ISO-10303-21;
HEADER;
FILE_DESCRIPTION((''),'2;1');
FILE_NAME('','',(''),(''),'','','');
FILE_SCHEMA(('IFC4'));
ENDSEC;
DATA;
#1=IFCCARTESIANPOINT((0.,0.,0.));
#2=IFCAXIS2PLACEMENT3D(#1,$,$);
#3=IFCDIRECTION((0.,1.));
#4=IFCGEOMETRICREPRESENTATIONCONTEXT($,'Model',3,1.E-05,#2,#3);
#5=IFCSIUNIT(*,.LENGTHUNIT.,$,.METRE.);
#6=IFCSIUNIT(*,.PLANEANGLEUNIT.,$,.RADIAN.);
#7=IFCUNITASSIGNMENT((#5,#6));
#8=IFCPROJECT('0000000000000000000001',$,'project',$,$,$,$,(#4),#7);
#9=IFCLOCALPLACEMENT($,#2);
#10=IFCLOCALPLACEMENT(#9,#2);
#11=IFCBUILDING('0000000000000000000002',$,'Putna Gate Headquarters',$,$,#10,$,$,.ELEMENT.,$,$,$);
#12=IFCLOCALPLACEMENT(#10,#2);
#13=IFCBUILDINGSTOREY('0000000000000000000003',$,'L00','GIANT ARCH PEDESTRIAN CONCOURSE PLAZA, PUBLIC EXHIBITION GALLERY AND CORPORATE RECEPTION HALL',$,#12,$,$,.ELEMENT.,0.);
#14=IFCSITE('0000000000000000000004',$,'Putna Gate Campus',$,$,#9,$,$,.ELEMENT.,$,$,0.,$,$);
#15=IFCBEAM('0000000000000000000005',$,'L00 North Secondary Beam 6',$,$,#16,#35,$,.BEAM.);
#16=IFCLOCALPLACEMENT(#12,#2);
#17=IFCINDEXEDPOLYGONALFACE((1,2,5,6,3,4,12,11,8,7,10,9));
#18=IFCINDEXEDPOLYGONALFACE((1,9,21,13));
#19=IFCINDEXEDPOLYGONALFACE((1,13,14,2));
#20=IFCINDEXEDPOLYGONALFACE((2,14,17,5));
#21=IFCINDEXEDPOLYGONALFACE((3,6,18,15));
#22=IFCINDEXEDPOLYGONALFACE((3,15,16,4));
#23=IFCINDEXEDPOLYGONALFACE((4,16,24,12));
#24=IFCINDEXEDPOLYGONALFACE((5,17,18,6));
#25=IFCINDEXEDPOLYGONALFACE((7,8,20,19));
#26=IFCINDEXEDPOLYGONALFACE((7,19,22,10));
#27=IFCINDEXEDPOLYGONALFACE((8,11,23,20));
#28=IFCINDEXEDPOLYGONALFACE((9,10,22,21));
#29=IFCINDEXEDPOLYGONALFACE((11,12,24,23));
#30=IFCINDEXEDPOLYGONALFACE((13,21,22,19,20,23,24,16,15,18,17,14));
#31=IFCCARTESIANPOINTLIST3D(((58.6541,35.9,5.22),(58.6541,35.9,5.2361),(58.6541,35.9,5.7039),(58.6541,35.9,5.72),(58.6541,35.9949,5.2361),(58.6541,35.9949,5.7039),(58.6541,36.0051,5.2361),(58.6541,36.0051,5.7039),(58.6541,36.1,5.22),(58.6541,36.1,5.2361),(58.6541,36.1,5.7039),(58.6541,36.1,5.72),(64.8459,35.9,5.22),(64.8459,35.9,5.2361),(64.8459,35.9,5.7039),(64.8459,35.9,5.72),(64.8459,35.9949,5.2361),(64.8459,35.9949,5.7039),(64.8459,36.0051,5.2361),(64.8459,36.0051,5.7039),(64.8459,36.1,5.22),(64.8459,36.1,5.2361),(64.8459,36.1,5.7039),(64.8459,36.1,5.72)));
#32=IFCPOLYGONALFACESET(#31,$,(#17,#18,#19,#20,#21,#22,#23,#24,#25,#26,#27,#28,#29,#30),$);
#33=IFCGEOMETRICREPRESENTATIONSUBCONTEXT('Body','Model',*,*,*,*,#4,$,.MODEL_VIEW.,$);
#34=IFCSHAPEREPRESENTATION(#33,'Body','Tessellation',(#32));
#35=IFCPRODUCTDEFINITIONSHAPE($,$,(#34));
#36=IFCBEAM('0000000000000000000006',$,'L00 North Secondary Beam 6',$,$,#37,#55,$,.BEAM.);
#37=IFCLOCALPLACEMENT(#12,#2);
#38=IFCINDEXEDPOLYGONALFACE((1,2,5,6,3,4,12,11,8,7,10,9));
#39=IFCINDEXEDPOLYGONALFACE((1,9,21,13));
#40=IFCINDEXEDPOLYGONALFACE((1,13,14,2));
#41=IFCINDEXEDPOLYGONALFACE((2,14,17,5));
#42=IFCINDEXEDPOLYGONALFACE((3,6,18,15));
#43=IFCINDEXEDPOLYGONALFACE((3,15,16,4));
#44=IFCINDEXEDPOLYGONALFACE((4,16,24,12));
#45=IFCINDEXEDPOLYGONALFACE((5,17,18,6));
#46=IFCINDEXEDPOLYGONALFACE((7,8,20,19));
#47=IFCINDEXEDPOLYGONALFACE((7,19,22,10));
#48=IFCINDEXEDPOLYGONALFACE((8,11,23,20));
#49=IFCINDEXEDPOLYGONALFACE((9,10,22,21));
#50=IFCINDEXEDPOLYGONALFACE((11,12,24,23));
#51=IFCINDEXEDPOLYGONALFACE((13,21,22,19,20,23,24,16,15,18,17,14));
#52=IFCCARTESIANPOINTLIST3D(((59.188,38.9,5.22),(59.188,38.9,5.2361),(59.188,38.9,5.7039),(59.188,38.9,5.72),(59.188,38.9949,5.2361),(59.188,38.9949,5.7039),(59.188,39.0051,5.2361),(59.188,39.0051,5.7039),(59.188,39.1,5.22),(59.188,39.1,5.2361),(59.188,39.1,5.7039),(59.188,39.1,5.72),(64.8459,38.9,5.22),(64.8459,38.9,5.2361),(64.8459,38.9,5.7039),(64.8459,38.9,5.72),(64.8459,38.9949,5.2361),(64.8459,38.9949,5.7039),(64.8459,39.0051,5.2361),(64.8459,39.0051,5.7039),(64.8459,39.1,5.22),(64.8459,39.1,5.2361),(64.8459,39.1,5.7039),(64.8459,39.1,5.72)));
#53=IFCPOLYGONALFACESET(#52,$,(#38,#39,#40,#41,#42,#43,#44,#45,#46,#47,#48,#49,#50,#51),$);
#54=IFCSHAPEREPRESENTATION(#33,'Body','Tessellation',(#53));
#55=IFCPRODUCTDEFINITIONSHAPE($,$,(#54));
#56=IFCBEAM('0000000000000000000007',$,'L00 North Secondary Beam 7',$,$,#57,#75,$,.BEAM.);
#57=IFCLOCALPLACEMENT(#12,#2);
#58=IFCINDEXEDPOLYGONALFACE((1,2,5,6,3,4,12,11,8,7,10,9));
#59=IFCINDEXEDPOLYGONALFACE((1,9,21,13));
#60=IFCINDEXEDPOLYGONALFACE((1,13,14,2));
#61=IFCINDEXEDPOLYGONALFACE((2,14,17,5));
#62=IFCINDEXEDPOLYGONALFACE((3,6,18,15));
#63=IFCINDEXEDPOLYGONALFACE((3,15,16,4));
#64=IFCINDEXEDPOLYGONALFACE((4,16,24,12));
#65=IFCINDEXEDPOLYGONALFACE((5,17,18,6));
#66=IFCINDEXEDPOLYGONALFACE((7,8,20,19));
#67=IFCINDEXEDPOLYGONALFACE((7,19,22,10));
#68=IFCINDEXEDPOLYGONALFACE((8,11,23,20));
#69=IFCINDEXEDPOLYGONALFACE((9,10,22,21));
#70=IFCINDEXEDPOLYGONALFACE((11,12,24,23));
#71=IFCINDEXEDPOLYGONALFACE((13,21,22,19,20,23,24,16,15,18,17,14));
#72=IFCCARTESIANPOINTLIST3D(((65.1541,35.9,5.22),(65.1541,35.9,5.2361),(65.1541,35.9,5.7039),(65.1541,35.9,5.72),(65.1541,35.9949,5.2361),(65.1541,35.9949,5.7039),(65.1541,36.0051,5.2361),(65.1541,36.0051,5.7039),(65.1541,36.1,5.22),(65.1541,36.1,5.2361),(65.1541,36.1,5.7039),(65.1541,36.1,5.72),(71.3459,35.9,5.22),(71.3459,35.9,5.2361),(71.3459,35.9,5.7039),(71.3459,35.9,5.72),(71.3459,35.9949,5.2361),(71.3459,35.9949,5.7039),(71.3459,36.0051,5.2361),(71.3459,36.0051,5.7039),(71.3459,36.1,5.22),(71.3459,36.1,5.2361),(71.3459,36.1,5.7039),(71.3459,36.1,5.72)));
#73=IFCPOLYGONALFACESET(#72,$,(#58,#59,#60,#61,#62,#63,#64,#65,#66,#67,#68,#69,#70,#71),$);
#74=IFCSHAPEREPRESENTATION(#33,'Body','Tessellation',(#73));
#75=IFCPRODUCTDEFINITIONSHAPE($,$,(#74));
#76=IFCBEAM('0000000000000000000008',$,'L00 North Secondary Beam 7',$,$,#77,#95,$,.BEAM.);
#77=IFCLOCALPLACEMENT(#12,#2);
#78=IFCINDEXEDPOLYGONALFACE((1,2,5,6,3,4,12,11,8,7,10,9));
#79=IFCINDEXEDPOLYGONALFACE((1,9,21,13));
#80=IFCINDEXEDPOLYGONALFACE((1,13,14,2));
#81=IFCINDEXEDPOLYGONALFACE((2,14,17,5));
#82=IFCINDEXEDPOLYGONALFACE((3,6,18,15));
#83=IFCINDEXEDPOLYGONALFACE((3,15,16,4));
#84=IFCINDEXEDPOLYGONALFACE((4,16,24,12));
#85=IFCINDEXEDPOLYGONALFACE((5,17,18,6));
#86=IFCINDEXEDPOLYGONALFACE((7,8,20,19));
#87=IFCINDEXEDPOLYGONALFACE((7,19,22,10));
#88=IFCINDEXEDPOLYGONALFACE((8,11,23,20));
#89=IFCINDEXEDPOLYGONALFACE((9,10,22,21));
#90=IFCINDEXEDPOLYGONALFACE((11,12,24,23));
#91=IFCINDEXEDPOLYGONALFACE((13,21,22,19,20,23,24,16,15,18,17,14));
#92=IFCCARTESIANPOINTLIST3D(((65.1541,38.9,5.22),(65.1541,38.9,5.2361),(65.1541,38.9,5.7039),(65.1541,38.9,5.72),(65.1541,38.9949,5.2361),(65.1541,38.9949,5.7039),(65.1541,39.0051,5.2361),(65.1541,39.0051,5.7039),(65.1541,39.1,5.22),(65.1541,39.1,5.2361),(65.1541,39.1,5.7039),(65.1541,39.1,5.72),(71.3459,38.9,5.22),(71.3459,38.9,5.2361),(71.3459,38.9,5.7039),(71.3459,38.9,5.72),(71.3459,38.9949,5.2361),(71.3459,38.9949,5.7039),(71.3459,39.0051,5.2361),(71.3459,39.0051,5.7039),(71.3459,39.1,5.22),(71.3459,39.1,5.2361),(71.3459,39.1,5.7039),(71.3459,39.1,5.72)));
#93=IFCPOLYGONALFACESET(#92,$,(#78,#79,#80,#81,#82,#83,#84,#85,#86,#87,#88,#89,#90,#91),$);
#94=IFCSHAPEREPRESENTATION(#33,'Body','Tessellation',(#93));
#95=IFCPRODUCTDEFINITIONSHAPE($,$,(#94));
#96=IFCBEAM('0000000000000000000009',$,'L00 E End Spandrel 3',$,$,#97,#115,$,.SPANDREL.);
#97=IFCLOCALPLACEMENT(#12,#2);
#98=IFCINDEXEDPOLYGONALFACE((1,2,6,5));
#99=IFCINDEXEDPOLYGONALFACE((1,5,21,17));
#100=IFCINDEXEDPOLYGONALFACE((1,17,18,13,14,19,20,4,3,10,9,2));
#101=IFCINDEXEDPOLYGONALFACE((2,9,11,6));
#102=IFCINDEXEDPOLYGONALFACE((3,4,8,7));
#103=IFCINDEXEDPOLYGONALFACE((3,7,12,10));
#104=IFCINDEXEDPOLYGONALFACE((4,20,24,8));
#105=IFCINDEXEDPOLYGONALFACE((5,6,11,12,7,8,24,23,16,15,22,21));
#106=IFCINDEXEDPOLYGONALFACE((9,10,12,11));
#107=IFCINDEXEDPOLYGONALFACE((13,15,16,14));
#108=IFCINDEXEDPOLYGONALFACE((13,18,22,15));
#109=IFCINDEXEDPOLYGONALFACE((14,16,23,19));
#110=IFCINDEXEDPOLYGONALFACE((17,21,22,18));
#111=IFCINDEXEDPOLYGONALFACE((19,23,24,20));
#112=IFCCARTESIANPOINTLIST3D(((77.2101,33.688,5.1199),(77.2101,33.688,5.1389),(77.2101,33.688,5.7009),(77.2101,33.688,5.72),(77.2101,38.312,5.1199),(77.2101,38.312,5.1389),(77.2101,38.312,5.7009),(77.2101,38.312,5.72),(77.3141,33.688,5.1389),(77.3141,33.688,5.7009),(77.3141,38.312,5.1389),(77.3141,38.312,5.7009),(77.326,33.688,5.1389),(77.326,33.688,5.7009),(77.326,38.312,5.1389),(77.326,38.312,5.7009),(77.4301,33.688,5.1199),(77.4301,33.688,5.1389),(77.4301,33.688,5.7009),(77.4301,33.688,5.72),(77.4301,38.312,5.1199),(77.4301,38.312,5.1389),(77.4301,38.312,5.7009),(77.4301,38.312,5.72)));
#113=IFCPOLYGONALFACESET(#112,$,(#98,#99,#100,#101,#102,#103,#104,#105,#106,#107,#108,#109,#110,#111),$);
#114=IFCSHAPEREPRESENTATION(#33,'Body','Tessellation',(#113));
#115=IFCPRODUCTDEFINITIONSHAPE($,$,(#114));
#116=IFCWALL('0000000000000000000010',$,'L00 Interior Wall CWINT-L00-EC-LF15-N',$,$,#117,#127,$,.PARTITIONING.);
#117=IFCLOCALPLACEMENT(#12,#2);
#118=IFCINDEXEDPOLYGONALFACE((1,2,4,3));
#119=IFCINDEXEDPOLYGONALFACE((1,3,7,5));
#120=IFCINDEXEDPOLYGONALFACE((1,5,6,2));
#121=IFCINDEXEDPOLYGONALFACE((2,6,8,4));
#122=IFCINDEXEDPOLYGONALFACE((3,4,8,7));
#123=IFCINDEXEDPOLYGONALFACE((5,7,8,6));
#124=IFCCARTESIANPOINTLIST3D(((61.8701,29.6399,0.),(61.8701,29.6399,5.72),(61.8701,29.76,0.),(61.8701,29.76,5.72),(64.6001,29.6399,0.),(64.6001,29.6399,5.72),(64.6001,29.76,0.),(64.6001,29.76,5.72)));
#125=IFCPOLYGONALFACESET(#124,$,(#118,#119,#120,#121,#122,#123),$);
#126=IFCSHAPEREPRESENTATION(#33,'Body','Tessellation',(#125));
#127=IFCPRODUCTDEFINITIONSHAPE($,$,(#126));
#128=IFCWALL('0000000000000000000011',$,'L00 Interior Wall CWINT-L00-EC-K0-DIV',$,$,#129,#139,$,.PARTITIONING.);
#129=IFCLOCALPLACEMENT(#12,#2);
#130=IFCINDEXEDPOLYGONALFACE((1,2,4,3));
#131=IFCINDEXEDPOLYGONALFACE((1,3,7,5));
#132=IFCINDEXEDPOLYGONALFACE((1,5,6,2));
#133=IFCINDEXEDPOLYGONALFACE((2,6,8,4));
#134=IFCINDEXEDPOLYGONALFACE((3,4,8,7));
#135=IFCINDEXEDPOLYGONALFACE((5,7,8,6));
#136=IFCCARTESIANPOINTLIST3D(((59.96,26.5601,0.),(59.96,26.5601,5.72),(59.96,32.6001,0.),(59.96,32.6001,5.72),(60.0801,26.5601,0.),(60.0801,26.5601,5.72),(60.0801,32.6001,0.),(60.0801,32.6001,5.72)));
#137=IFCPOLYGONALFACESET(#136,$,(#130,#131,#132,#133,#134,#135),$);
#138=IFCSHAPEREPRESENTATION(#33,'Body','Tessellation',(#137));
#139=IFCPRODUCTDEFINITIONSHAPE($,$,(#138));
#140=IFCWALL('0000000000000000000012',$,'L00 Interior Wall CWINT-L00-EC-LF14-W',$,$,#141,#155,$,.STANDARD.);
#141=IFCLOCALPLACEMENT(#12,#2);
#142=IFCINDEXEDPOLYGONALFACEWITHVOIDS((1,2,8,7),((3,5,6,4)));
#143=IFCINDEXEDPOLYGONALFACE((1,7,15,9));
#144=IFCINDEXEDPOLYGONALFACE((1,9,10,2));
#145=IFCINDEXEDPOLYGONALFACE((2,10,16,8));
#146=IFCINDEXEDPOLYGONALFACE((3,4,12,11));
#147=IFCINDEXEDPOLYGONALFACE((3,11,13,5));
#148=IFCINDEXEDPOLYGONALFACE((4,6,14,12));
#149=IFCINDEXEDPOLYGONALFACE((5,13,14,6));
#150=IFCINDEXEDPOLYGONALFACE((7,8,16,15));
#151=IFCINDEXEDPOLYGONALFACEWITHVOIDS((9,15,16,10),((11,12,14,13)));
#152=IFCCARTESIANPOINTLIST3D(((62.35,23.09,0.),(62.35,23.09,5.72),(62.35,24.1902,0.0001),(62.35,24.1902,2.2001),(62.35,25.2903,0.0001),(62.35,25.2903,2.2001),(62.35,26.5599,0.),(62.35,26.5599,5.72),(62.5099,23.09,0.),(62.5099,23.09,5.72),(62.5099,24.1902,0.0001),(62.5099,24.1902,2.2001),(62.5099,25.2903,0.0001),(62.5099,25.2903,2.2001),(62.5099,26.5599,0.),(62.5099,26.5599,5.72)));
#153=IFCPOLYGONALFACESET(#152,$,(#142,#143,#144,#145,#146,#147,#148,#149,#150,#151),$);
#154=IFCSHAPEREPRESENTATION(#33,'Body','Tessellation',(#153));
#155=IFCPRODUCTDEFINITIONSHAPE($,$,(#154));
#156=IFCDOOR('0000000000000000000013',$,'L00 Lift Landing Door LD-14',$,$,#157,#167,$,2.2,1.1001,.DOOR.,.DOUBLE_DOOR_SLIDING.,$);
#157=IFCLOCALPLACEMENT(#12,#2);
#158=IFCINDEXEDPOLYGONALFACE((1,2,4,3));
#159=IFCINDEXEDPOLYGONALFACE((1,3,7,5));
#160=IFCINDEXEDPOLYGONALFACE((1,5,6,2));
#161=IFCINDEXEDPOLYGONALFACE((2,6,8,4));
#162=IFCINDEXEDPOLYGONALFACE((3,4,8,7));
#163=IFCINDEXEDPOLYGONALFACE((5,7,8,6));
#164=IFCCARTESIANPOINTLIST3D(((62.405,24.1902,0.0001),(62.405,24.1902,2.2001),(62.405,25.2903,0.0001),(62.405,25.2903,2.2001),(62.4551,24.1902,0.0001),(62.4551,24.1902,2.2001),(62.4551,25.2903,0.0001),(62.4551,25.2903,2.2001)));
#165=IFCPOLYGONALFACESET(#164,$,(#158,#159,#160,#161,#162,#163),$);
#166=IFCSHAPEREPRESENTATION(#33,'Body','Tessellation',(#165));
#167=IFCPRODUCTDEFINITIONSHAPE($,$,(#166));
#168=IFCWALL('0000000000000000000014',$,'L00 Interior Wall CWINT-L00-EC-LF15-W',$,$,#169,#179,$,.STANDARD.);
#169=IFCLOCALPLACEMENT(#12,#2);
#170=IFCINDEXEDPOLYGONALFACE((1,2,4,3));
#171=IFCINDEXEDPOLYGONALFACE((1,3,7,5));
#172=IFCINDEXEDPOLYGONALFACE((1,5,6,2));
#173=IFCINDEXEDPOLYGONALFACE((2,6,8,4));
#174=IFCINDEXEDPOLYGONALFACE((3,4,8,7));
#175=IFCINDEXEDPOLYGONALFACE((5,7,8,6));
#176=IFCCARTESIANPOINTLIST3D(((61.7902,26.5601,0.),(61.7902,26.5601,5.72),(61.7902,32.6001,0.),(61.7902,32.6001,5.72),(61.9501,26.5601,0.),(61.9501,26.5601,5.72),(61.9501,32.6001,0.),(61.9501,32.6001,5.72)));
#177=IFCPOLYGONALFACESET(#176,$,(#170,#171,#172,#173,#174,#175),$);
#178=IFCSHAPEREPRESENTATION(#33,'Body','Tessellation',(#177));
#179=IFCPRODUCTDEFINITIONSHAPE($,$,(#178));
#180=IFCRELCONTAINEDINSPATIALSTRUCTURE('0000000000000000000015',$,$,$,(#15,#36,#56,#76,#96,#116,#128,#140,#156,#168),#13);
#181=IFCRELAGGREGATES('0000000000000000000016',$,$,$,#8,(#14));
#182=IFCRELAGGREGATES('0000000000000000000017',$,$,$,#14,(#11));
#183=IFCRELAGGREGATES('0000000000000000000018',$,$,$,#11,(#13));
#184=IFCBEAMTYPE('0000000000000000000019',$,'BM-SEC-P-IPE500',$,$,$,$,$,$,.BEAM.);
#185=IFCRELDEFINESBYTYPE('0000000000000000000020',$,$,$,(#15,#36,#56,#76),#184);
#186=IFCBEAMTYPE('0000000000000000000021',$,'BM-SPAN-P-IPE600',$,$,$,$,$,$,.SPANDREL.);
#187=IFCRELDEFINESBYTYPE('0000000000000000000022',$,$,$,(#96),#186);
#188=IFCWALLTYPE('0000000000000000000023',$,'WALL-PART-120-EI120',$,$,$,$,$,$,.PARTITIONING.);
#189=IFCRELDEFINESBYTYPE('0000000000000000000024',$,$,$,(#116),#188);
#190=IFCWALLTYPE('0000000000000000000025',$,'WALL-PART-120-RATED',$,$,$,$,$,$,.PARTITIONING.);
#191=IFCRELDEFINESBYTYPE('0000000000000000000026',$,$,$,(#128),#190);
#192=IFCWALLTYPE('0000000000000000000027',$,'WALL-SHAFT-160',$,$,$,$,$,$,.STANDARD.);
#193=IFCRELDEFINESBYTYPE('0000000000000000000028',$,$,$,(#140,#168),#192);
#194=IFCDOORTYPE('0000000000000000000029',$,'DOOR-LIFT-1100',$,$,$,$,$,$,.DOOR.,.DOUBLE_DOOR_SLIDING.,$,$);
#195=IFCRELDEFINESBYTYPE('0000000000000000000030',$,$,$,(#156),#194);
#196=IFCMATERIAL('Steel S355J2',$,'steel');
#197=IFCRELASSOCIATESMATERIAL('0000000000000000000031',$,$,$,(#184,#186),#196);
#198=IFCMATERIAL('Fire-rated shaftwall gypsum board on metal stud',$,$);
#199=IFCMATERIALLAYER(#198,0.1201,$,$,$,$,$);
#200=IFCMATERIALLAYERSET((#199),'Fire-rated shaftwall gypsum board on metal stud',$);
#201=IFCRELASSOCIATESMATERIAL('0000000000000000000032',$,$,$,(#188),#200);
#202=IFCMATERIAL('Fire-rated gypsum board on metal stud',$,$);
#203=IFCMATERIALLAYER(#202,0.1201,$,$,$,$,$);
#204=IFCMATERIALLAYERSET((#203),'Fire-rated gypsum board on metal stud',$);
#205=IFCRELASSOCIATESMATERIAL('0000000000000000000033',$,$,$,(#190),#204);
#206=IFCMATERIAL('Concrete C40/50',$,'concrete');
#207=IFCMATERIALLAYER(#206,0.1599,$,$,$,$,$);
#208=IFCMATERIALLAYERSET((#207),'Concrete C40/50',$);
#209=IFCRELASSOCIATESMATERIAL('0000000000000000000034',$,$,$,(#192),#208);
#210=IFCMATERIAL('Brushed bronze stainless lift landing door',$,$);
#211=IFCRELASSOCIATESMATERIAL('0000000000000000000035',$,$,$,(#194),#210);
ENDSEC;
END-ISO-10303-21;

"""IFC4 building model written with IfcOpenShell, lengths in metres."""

from ifc_helpers import new_model, si_unit, direction, frame, frame_2d, origin, origin_2d, place, context, subcontext, project, spatial, rectangle, i_section, extrude, material, layer, layer_set, material_profile, profile_set, type_object, element, fill, save


model = new_model("IFC4")

# Units and contexts
model_context = context("Model", 3, precision=1e-05, world=origin(), true_north=direction((0.0, 1.0)))
body_context = subcontext(model_context, "Body", "Model", "MODEL_VIEW")
ifc_project = project(units=[si_unit("LENGTHUNIT", "METRE"), si_unit("PLANEANGLEUNIT", "RADIAN")], contexts=[model_context])

# Site, building, storey
site_placement = place(None, origin())
site = spatial("IfcSite", under=ifc_project, at=site_placement, Name="Putna Gate Campus", CompositionType="ELEMENT", RefElevation=0.0)
building_placement = place(site_placement, origin())
building = spatial("IfcBuilding", under=site, at=building_placement, Name="Putna Gate Headquarters", CompositionType="ELEMENT")
storey_placement = place(building_placement, origin())
storey = spatial("IfcBuildingStorey", under=building, at=storey_placement, Name="L00", Description="GIANT ARCH PEDESTRIAN CONCOURSE PLAZA, PUBLIC EXHIBITION GALLERY AND CORPORATE RECEPTION HALL", CompositionType="ELEMENT", Elevation=0.0)

# Beams
ifc_material_1 = material(Name="Steel S355J2", Category="steel")
ifc_material_profile_1 = material_profile(ifc_material_1, i_section(OverallWidth=0.2, OverallDepth=0.5, WebThickness=0.0103, FlangeThickness=0.0161, at=origin_2d()), Name="Steel S355J2")
ifc_profile_set_1 = profile_set([ifc_material_profile_1], Name="Steel S355J2")
beam_type_1 = type_object("IfcBeamType", Name="BM-SEC-P-IPE500", PredefinedType="BEAM", material=ifc_profile_set_1)
beam_1_placement = place(storey_placement, frame((58.6541, 36.0, 5.47), z_axis=(1.0, 0.0, 0.0), x_axis=(0.0, 1.0, 0.0)))
element("IfcBeam", 1, at=beam_1_placement, inside=storey, type_object=beam_type_1, Name="L00 North Secondary Beam 6", PredefinedType="BEAM", context=body_context, shape_type="SweptSolid", body=[
    extrude(i_section(OverallWidth=0.2, OverallDepth=0.5, WebThickness=0.0103, FlangeThickness=0.0161, at=origin_2d()), origin(), (0.0, 0.0, 1.0), 6.1919),
])
beam_2_placement = place(storey_placement, frame((59.188, 39.0, 5.47), z_axis=(1.0, 0.0, 0.0), x_axis=(0.0, 1.0, 0.0)))
element("IfcBeam", 2, at=beam_2_placement, inside=storey, type_object=beam_type_1, Name="L00 North Secondary Beam 6", PredefinedType="BEAM", context=body_context, shape_type="SweptSolid", body=[
    extrude(i_section(OverallWidth=0.2, OverallDepth=0.5, WebThickness=0.0103, FlangeThickness=0.0161, at=origin_2d()), origin(), (0.0, 0.0, 1.0), 5.658),
])
for number, where, z_axis, x_axis, name in (
    (3, (65.1541, 36.0, 5.47), (1.0, 0.0, 0.0), (0.0, 1.0, 0.0), "L00 North Secondary Beam 7"),
    (4, (65.1541, 39.0, 5.47), (1.0, 0.0, 0.0), (0.0, 1.0, 0.0), "L00 North Secondary Beam 7"),
):
    element("IfcBeam", number, at=place(storey_placement, frame(where, z_axis=z_axis, x_axis=x_axis)), inside=storey, type_object=beam_type_1, Name=name, PredefinedType="BEAM", context=body_context, shape_type="SweptSolid", body=[
        extrude(i_section(OverallWidth=0.2, OverallDepth=0.5, WebThickness=0.0103, FlangeThickness=0.0161, at=origin_2d()), origin(), (0.0, 0.0, 1.0), 6.1919),
    ])
ifc_material_profile_2 = material_profile(ifc_material_1, i_section(OverallWidth=0.22, OverallDepth=0.6001, WebThickness=0.012, FlangeThickness=0.019, at=origin_2d()), Name="Steel S355J2")
ifc_profile_set_2 = profile_set([ifc_material_profile_2], Name="Steel S355J2")
beam_type_2 = type_object("IfcBeamType", Name="BM-SPAN-P-IPE600", PredefinedType="SPANDREL", material=ifc_profile_set_2)
beam_3_placement = place(storey_placement, frame((77.3201, 33.688, 5.4199), z_axis=(0.0, 1.0, 0.0), x_axis=(-1.0, 0.0, 0.0)))
element("IfcBeam", 5, at=beam_3_placement, inside=storey, type_object=beam_type_2, Name="L00 E End Spandrel 3", PredefinedType="SPANDREL", context=body_context, shape_type="SweptSolid", body=[
    extrude(i_section(OverallWidth=0.22, OverallDepth=0.6001, WebThickness=0.012, FlangeThickness=0.019, at=origin_2d()), origin(), (0.0, 0.0, 1.0), 4.624),
])

# Walls
ifc_material_2 = material(Name="Fire-rated shaftwall gypsum board on metal stud")
ifc_layer_1 = layer(ifc_material_2, 0.1201)
ifc_layer_set_1 = layer_set([ifc_layer_1], Name="Fire-rated shaftwall gypsum board on metal stud")
wall_type_1 = type_object("IfcWallType", Name="WALL-PART-120-EI120", PredefinedType="PARTITIONING", material=ifc_layer_set_1)
wall_1_placement = place(storey_placement, frame((61.8701, 29.7, 0.0), z_axis=(0.0, 0.0, 1.0), x_axis=(1.0, 0.0, 0.0)))
element("IfcWall", 6, at=wall_1_placement, inside=storey, type_object=wall_type_1, Name="L00 Interior Wall CWINT-L00-EC-LF15-N", PredefinedType="PARTITIONING", context=body_context, shape_type="SweptSolid", body=[
    extrude(rectangle(XDim=2.73, YDim=0.1201, at=frame_2d((1.365, 0.0))), origin(), (0.0, 0.0, 1.0), 5.72),
])
ifc_material_3 = material(Name="Fire-rated gypsum board on metal stud")
ifc_layer_2 = layer(ifc_material_3, 0.1201)
ifc_layer_set_2 = layer_set([ifc_layer_2], Name="Fire-rated gypsum board on metal stud")
wall_type_2 = type_object("IfcWallType", Name="WALL-PART-120-RATED", PredefinedType="PARTITIONING", material=ifc_layer_set_2)
wall_2_placement = place(storey_placement, frame((60.02, 26.5601, 0.0), z_axis=(0.0, 0.0, 1.0), x_axis=(0.0, 1.0, 0.0)))
element("IfcWall", 7, at=wall_2_placement, inside=storey, type_object=wall_type_2, Name="L00 Interior Wall CWINT-L00-EC-K0-DIV", PredefinedType="PARTITIONING", context=body_context, shape_type="SweptSolid", body=[
    extrude(rectangle(XDim=6.04, YDim=0.1201, at=frame_2d((3.02, 0.0))), origin(), (0.0, 0.0, 1.0), 5.72),
])

# Wall, opening, door
ifc_material_4 = material(Name="Concrete C40/50", Category="concrete")
ifc_layer_3 = layer(ifc_material_4, 0.1599)
ifc_layer_set_3 = layer_set([ifc_layer_3], Name="Concrete C40/50")
wall_type_3 = type_object("IfcWallType", Name="WALL-SHAFT-160", PredefinedType="STANDARD", material=ifc_layer_set_3)
wall_3_placement = place(storey_placement, frame((62.4299, 23.0901, 0.0), z_axis=(0.0, 0.0, 1.0), x_axis=(0.0, 1.0, 0.0)))
wall_3 = element("IfcWall", 8, at=wall_3_placement, inside=storey, type_object=wall_type_3, Name="L00 Interior Wall CWINT-L00-EC-LF14-W", PredefinedType="STANDARD", context=body_context, shape_type="SweptSolid", body=[
    extrude(rectangle(XDim=3.47, YDim=0.1599, at=frame_2d((1.7349, 0.0))), origin(), (0.0, 0.0, 1.0), 5.72),
])
opening_placement = place(wall_3_placement, frame((1.1001, 0.0, 0.0)))
opening = element("IfcOpeningElement", 9, at=opening_placement, cuts=wall_3, PredefinedType="OPENING", context=body_context, shape_type="SweptSolid", body=[
    extrude(rectangle(XDim=1.1001, YDim=2.2, at=frame_2d((0.55, 1.1001))), frame((0.0, 0.0898, 0.0), z_axis=(0.0, -1.0, 0.0), x_axis=(1.0, 0.0, 0.0)), (0.0, 0.0, 1.0), 0.1799),
])
ifc_material_5 = material(Name="Brushed bronze stainless lift landing door")
door_type = type_object("IfcDoorType", Name="DOOR-LIFT-1100", OperationType="DOUBLE_DOOR_SLIDING", PredefinedType="DOOR", material=ifc_material_5)
door_placement = place(opening_placement, origin())
door = element("IfcDoor", 10, at=door_placement, inside=storey, type_object=door_type, Name="L00 Lift Landing Door LD-14", OperationType="DOUBLE_DOOR_SLIDING", OverallHeight=2.2, OverallWidth=1.1001, PredefinedType="DOOR", context=body_context, shape_type="SweptSolid", body=[
    extrude(rectangle(XDim=1.1001, YDim=2.2, at=frame_2d((0.55, 1.1001))), frame((0.0, 0.0249, 0.0), z_axis=(0.0, -1.0, 0.0), x_axis=(1.0, 0.0, 0.0)), (0.0, 0.0, 1.0), 0.05),
])
fill(opening, door)

# Wall
wall_4_placement = place(storey_placement, frame((61.8701, 26.5601, 0.0), z_axis=(0.0, 0.0, 1.0), x_axis=(0.0, 1.0, 0.0)))
element("IfcWall", 11, at=wall_4_placement, inside=storey, type_object=wall_type_3, Name="L00 Interior Wall CWINT-L00-EC-LF15-W", PredefinedType="STANDARD", context=body_context, shape_type="SweptSolid", body=[
    extrude(rectangle(XDim=6.04, YDim=0.1599, at=frame_2d((3.02, 0.0))), origin(), (0.0, 0.0, 1.0), 5.72),
])

save(model, "model.ifc")
